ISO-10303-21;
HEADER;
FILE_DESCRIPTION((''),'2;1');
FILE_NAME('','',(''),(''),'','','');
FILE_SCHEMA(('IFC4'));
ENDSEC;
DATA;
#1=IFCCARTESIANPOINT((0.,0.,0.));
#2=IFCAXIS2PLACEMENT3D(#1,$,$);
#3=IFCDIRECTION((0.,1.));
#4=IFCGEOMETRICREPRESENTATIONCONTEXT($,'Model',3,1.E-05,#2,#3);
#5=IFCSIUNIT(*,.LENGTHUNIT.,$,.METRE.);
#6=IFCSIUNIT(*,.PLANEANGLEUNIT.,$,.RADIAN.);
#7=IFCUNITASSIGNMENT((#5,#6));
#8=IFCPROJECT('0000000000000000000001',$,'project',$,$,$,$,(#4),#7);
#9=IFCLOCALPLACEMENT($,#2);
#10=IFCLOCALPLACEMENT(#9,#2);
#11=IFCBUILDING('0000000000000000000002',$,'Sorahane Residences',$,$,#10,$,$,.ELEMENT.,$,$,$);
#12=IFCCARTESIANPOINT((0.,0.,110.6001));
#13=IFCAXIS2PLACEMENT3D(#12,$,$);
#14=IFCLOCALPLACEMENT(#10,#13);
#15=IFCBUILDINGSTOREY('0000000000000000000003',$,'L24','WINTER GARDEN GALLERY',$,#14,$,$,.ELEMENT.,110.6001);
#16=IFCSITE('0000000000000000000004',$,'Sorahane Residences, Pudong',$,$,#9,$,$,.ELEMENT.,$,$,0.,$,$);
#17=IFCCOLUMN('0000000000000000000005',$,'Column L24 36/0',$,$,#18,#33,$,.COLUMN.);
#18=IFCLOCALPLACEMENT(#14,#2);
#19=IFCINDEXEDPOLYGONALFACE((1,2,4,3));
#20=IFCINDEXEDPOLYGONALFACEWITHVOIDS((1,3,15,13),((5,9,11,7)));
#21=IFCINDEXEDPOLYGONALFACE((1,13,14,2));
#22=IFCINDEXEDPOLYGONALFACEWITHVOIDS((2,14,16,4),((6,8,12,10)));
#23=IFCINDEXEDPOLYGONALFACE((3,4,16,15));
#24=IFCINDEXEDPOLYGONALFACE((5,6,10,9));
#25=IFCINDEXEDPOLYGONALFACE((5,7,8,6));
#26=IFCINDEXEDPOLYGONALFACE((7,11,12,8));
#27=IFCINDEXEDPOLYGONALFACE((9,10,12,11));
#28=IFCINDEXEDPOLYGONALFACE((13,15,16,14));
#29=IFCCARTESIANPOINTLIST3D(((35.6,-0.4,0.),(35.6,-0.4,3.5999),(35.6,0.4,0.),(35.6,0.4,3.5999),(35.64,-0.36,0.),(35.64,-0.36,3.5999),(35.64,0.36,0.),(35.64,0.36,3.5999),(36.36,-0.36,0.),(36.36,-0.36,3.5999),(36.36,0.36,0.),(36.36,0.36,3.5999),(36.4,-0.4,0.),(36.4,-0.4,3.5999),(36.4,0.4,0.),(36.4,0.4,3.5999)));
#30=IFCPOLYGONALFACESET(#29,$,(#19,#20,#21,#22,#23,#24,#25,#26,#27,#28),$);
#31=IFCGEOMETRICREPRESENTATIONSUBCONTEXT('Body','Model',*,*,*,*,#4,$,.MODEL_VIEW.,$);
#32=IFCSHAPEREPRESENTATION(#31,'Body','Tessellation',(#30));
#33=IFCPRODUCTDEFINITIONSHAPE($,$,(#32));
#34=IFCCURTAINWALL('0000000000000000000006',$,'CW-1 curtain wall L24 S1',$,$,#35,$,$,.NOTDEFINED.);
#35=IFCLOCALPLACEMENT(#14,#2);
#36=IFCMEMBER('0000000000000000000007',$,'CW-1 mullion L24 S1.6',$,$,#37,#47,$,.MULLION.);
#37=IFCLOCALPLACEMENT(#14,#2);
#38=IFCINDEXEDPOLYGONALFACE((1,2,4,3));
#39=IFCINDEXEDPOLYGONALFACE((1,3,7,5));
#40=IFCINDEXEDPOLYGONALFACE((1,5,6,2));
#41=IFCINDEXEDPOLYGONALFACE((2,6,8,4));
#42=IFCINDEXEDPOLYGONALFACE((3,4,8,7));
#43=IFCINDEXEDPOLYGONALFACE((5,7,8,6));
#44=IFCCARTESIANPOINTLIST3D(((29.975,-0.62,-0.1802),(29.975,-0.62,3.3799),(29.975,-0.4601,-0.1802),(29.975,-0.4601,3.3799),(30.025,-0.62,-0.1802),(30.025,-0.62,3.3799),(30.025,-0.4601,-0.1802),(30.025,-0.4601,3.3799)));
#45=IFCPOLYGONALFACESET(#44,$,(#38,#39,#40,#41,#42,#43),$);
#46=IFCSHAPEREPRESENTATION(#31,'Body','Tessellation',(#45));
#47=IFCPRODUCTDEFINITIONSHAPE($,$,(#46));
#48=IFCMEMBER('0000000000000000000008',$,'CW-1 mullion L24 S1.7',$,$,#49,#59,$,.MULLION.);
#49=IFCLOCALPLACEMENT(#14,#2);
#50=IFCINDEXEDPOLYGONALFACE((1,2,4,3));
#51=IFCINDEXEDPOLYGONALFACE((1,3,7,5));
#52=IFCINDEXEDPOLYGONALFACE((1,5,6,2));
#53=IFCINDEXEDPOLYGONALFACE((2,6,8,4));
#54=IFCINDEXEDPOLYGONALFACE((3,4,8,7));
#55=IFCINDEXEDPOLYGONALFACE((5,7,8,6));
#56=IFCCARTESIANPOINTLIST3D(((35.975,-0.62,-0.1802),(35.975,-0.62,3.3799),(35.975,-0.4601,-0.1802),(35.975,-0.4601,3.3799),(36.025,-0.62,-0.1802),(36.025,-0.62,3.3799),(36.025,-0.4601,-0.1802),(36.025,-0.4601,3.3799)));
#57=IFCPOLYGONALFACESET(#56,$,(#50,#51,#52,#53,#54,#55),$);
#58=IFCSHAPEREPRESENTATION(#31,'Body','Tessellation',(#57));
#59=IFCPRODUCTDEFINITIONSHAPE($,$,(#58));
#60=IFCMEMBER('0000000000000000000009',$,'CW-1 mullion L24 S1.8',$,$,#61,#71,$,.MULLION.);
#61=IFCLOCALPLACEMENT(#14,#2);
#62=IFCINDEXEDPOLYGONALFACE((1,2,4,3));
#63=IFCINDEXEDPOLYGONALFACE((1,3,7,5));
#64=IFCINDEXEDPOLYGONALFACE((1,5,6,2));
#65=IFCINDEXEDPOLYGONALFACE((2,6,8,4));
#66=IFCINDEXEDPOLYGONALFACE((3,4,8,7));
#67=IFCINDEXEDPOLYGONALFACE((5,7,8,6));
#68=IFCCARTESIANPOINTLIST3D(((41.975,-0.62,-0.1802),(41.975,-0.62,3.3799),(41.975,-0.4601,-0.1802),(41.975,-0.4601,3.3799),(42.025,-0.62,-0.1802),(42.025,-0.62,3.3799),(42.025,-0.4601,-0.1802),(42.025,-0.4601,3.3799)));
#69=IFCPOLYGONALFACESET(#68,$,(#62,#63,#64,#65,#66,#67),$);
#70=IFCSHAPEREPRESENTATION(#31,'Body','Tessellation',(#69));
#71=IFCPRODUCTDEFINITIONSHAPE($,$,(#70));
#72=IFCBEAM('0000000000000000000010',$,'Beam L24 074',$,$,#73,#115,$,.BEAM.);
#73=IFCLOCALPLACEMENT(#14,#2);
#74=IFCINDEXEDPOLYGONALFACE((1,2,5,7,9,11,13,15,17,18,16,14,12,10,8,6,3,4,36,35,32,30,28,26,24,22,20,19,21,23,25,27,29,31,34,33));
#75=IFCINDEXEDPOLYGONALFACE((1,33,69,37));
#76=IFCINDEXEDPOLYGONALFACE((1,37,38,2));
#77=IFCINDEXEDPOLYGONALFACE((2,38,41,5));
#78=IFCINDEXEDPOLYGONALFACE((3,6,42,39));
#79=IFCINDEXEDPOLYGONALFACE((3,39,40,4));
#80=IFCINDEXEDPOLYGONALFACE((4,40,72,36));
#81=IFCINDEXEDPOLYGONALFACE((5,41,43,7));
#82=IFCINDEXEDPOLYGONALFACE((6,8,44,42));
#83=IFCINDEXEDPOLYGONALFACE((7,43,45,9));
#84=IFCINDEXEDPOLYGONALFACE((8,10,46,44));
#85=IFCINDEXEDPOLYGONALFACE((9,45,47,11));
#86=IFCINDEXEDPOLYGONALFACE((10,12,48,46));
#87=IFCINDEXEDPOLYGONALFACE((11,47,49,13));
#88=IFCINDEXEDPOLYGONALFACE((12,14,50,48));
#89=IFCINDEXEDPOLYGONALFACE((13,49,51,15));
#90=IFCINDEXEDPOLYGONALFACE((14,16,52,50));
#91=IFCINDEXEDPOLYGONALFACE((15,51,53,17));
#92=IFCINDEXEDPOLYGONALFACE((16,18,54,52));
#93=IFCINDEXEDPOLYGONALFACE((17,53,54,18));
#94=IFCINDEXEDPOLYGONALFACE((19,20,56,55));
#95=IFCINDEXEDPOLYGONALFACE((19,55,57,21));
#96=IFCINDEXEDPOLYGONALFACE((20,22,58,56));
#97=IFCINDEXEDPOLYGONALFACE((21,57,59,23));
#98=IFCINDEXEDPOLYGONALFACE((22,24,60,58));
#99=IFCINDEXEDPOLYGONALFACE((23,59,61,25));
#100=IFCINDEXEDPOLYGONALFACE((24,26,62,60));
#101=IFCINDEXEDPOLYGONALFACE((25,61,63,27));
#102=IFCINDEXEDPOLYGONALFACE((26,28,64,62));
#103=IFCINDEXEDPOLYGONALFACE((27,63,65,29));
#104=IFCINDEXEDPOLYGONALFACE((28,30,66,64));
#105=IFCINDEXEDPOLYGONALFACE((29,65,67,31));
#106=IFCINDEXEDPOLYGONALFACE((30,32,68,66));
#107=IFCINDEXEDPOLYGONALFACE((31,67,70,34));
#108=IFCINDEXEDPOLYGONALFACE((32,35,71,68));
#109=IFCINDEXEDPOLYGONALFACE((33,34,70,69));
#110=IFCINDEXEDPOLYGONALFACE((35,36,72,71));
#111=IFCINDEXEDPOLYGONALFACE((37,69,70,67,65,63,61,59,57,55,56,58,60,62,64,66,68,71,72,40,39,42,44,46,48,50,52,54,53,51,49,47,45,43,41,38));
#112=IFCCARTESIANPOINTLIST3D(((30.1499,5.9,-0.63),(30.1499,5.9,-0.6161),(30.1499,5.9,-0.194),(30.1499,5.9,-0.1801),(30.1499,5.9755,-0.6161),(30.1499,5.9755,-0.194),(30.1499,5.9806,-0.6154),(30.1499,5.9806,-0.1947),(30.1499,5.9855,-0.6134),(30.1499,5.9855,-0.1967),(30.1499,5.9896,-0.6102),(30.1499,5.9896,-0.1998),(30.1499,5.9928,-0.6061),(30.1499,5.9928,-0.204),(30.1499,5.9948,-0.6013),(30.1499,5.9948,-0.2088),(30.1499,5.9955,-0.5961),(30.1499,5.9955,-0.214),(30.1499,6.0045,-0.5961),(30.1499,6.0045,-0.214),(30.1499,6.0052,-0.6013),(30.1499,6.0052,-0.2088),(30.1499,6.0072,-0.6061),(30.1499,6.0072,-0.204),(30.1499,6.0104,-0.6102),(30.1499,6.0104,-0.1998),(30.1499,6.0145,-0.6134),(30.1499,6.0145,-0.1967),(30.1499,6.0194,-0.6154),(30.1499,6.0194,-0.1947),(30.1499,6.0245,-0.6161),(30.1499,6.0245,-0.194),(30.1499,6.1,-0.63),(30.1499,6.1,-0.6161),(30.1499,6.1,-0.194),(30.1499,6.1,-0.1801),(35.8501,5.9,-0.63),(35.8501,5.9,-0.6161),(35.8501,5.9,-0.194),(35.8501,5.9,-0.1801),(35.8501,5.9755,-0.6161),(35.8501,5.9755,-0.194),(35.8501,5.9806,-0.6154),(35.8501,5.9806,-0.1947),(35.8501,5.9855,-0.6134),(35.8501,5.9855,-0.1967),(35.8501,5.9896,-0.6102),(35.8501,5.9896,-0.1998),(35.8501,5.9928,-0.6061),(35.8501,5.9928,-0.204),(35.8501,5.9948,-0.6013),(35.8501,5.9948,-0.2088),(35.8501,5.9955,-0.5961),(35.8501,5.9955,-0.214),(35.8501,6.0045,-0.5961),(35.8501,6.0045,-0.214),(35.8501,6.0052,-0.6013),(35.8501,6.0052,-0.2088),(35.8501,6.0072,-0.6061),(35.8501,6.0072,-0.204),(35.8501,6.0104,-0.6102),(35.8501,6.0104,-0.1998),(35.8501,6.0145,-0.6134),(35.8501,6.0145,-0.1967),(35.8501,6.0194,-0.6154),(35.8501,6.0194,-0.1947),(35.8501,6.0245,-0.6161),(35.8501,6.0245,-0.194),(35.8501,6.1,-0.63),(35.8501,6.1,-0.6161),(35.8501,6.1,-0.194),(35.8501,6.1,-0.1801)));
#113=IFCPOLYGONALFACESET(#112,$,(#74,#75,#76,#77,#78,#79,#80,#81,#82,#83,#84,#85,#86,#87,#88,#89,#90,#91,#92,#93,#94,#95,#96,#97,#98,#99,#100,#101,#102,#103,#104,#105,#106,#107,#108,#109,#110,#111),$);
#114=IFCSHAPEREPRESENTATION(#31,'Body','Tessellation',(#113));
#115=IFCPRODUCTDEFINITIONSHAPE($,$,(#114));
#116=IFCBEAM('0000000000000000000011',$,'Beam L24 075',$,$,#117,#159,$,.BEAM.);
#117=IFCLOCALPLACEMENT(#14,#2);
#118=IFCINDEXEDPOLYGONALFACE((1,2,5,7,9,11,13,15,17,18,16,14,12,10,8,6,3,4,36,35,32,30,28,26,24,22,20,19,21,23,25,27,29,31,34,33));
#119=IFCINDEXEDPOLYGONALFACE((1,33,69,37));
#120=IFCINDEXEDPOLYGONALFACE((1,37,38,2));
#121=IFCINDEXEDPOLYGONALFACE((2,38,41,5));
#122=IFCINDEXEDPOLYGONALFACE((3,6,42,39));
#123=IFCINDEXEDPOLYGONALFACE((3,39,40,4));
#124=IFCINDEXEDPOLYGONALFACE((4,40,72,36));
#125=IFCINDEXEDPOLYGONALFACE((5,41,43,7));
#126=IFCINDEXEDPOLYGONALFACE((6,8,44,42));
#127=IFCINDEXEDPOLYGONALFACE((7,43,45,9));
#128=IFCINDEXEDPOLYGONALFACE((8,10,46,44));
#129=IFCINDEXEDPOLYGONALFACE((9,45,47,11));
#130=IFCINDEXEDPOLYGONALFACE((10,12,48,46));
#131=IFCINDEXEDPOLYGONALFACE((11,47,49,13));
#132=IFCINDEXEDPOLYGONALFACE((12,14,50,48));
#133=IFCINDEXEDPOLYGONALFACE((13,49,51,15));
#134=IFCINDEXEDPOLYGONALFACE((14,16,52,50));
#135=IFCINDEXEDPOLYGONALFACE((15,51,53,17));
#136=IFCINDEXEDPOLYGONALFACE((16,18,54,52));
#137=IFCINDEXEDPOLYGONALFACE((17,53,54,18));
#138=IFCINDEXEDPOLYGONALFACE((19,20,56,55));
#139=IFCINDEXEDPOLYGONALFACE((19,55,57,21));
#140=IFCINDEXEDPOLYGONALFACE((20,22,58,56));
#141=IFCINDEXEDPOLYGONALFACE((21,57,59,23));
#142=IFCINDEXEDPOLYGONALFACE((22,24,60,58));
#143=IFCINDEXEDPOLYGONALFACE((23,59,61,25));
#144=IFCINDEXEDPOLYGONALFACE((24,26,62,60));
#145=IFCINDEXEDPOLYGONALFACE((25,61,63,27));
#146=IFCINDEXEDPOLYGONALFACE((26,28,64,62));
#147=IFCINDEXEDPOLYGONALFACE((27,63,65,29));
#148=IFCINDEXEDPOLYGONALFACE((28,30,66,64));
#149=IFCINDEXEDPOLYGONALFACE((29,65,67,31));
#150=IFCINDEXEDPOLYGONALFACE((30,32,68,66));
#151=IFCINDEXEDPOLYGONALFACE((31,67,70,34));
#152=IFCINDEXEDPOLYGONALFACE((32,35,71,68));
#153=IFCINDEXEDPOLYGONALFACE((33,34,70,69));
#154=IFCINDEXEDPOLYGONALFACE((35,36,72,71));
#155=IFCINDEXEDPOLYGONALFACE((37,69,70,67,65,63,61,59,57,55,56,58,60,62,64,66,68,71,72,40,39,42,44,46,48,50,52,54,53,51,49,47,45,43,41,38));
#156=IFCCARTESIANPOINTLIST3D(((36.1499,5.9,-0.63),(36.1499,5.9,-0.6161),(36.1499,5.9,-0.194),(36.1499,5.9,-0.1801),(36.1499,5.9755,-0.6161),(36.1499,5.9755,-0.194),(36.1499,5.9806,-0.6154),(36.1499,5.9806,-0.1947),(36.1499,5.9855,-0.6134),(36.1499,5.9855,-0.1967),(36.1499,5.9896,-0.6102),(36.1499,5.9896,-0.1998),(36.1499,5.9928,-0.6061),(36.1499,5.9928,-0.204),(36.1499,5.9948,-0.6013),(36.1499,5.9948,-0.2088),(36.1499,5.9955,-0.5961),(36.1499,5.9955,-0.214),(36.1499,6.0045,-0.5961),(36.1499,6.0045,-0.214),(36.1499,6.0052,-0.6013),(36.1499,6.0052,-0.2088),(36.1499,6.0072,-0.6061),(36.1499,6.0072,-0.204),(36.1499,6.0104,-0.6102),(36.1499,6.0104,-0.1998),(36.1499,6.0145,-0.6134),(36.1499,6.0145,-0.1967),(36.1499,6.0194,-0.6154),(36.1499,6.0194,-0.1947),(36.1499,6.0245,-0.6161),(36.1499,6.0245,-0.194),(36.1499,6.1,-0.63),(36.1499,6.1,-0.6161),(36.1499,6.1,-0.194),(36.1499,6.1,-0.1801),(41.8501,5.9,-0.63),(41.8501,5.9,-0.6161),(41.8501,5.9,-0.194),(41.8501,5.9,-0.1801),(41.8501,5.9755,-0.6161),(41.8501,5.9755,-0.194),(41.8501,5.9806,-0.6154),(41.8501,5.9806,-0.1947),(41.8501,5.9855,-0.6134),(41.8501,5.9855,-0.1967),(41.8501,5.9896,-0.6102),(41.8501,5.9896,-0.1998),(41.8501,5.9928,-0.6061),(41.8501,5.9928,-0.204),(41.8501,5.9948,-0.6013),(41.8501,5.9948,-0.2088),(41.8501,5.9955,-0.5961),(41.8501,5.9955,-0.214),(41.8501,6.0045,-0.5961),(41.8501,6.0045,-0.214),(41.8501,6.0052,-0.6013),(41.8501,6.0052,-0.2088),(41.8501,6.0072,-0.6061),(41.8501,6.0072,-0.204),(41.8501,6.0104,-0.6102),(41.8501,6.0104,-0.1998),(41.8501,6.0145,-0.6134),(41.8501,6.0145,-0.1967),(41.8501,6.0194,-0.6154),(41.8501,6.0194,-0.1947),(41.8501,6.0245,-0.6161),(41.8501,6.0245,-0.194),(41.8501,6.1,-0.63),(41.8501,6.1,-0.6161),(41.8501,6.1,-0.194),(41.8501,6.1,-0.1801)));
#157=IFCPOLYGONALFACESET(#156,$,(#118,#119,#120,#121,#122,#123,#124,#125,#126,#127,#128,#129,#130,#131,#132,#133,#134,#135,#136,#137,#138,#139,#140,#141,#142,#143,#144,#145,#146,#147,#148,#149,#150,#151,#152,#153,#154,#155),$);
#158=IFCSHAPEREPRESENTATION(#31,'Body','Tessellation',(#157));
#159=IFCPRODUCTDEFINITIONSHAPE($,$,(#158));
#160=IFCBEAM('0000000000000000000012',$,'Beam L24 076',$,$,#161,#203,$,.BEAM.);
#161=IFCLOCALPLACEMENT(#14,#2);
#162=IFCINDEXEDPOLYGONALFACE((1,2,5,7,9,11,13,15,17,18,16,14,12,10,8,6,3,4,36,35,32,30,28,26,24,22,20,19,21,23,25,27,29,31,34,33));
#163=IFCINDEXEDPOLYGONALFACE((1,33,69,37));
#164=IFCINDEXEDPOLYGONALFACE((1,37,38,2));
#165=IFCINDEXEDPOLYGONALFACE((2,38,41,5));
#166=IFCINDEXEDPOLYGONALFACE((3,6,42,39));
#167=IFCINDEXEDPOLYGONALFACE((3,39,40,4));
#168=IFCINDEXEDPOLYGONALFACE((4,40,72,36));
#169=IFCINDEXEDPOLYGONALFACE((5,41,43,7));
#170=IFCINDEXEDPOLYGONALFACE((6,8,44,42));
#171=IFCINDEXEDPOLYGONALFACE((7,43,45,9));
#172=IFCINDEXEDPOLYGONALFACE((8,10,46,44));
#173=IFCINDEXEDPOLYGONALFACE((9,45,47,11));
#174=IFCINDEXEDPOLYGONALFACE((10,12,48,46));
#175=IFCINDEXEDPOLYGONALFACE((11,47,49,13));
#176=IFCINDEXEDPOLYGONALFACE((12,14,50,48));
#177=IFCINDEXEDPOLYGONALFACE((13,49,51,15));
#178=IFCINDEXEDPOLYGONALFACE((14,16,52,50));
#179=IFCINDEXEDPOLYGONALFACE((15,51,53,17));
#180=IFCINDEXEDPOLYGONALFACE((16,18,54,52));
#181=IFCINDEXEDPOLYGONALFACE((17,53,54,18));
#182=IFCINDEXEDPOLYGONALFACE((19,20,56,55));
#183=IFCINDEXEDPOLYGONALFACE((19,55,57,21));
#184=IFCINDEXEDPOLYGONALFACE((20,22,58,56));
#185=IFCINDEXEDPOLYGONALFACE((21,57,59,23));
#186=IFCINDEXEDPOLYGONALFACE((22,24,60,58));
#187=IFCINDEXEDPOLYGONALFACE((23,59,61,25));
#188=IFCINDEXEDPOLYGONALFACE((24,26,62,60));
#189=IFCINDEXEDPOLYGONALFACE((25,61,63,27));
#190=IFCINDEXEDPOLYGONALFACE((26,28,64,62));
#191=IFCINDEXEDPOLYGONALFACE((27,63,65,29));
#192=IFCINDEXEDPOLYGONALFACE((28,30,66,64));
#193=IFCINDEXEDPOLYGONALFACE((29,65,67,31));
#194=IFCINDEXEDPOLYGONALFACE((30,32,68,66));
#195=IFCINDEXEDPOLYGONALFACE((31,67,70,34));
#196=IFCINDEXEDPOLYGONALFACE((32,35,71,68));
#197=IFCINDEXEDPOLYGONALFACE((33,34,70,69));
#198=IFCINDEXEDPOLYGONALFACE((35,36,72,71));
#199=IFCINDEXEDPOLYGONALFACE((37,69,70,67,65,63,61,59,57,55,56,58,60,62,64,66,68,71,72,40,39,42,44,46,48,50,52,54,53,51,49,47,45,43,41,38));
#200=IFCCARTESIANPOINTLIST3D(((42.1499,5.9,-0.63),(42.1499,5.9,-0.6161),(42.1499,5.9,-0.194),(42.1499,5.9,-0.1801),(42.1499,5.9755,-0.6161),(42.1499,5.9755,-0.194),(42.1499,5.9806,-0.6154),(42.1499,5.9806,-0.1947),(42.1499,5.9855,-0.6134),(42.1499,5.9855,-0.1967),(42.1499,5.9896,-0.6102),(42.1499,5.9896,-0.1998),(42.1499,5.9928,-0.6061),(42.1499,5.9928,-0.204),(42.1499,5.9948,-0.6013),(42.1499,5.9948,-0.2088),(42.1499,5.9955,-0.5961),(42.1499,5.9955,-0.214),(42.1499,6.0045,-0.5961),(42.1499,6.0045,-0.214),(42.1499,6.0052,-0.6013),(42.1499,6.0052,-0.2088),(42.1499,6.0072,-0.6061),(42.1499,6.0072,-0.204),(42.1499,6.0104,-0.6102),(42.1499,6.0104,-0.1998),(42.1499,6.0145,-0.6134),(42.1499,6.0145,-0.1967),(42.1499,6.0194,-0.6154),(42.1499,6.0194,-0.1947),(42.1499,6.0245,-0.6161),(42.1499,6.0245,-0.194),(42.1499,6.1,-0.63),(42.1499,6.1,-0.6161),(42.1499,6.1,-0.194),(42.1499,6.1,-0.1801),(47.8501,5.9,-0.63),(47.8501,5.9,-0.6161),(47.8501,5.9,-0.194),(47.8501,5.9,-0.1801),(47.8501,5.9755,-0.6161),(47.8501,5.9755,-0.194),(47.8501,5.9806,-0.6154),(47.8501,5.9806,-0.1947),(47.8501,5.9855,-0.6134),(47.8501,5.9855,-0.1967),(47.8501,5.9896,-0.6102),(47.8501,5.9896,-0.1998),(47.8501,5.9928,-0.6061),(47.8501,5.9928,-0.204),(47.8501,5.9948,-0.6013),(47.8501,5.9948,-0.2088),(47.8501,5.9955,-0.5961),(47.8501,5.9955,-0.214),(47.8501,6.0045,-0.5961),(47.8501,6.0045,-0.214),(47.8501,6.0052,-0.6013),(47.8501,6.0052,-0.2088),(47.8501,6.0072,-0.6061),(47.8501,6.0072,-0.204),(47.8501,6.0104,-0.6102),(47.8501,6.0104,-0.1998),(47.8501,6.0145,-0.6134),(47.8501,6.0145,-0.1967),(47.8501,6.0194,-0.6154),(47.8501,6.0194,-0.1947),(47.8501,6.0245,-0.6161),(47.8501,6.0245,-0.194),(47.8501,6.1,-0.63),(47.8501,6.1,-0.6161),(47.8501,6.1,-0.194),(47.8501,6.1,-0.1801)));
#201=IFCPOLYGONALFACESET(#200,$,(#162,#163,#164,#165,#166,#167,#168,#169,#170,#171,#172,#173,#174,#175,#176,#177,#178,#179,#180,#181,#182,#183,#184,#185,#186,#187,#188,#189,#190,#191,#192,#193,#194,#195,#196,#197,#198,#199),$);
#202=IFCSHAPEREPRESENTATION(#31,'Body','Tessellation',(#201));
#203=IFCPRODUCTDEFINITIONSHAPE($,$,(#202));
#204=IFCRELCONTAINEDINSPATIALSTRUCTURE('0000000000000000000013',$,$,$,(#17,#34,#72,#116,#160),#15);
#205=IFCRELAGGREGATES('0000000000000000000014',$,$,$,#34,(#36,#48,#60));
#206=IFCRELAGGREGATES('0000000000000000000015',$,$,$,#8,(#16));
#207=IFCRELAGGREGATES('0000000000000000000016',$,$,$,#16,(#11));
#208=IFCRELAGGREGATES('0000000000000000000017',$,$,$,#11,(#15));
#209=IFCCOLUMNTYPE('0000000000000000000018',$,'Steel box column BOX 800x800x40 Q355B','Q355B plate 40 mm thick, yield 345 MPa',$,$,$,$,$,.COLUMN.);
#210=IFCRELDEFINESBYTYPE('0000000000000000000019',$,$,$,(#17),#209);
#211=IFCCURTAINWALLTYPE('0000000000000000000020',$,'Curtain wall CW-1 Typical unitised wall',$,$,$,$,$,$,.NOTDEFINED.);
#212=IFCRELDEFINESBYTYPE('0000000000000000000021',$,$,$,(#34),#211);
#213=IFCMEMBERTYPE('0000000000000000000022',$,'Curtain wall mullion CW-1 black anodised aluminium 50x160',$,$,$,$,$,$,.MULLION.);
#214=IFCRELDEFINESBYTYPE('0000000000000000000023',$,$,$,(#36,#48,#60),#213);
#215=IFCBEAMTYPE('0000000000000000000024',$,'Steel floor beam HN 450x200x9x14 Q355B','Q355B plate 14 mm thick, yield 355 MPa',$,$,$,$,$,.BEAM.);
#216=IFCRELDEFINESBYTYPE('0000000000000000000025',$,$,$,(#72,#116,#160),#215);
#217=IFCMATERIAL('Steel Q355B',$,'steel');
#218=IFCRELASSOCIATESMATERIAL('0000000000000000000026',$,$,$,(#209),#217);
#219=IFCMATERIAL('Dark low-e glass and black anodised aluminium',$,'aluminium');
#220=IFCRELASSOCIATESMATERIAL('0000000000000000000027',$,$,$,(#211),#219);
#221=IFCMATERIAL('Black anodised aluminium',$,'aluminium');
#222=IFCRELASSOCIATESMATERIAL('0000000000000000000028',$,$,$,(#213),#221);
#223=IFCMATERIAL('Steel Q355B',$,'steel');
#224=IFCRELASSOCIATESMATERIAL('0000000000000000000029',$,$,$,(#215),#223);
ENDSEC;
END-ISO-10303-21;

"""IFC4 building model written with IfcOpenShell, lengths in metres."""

from ifc_helpers import new_model, si_unit, direction, frame, origin, origin_2d, place, context, subcontext, project, spatial, rectangle, hollow_rectangle, i_section, extrude, material, material_profile, profile_set, type_object, element, aggregate, save


model = new_model("IFC4")

# Units and contexts
model_context = context("Model", 3, precision=1e-05, world=origin(), true_north=direction((0.0, 1.0)))
body_context = subcontext(model_context, "Body", "Model", "MODEL_VIEW")
ifc_project = project(units=[si_unit("LENGTHUNIT", "METRE"), si_unit("PLANEANGLEUNIT", "RADIAN")], contexts=[model_context])

# Site, building, storey
site_placement = place(None, origin())
site = spatial("IfcSite", under=ifc_project, at=site_placement, Name="Sorahane Residences, Pudong", CompositionType="ELEMENT", RefElevation=0.0)
building_placement = place(site_placement, origin())
building = spatial("IfcBuilding", under=site, at=building_placement, Name="Sorahane Residences", CompositionType="ELEMENT")
storey_placement = place(building_placement, frame((0.0, 0.0, 110.6001)))
storey = spatial("IfcBuildingStorey", under=building, at=storey_placement, Name="L24", Description="WINTER GARDEN GALLERY", CompositionType="ELEMENT", Elevation=110.6001)

# Column
ifc_material_1 = material(Name="Steel Q355B", Category="steel")
ifc_material_profile_1 = material_profile(ifc_material_1, hollow_rectangle(XDim=0.8, YDim=0.8, WallThickness=0.04, at=origin_2d()), Name="BOX 800x800x40")
ifc_profile_set_1 = profile_set([ifc_material_profile_1], Name="Steel Q355B")
column_type = type_object("IfcColumnType", Name="Steel box column BOX 800x800x40 Q355B", Description="Q355B plate 40 mm thick, yield 345 MPa", PredefinedType="COLUMN", material=ifc_profile_set_1)
column_placement = place(storey_placement, frame((36.0, 0.0, 0.0), z_axis=(0.0, 0.0, 1.0), x_axis=(1.0, 0.0, 0.0)))
element("IfcColumn", 1, at=column_placement, inside=storey, type_object=column_type, Name="Column L24 36/0", PredefinedType="COLUMN", context=body_context, shape_type="SweptSolid", body=[
    extrude(hollow_rectangle(XDim=0.8, YDim=0.8, WallThickness=0.04, at=origin_2d()), origin(), (0.0, 0.0, 1.0), 3.5999),
])

# Curtain wall, members
ifc_material_2 = material(Name="Dark low-e glass and black anodised aluminium", Category="aluminium")
curtain_wall_type = type_object("IfcCurtainWallType", Name="Curtain wall CW-1 Typical unitised wall", PredefinedType="NOTDEFINED", material=ifc_material_2)
curtain_wall_placement = place(storey_placement, origin())
curtain_wall = element("IfcCurtainWall", 2, at=curtain_wall_placement, inside=storey, type_object=curtain_wall_type, Name="CW-1 curtain wall L24 S1", PredefinedType="NOTDEFINED")
ifc_material_3 = material(Name="Black anodised aluminium", Category="aluminium")
ifc_material_profile_2 = material_profile(ifc_material_3, rectangle(XDim=0.1599, YDim=0.05, at=origin_2d()), Name="Curtain wall mullion CW-1 black anodised aluminium 50x160")
ifc_profile_set_2 = profile_set([ifc_material_profile_2], Name="Black anodised aluminium")
member_type = type_object("IfcMemberType", Name="Curtain wall mullion CW-1 black anodised aluminium 50x160", PredefinedType="MULLION", material=ifc_profile_set_2)
member_1_placement = place(storey_placement, frame((30.0, -0.54, -0.1802), z_axis=(0.0, 0.0, 1.0), x_axis=(0.0, -1.0, 0.0)))
member_1 = element("IfcMember", 3, at=member_1_placement, type_object=member_type, Name="CW-1 mullion L24 S1.6", PredefinedType="MULLION", context=body_context, shape_type="SweptSolid", body=[
    extrude(rectangle(XDim=0.1599, YDim=0.05, at=origin_2d()), origin(), (0.0, 0.0, 1.0), 3.5601),
])
member_2_placement = place(storey_placement, frame((36.0, -0.54, -0.1802), z_axis=(0.0, 0.0, 1.0), x_axis=(0.0, -1.0, 0.0)))
member_2 = element("IfcMember", 4, at=member_2_placement, type_object=member_type, Name="CW-1 mullion L24 S1.7", PredefinedType="MULLION", context=body_context, shape_type="SweptSolid", body=[
    extrude(rectangle(XDim=0.1599, YDim=0.05, at=origin_2d()), origin(), (0.0, 0.0, 1.0), 3.5601),
])
member_3_placement = place(storey_placement, frame((42.0, -0.54, -0.1802), z_axis=(0.0, 0.0, 1.0), x_axis=(0.0, -1.0, 0.0)))
member_3 = element("IfcMember", 5, at=member_3_placement, type_object=member_type, Name="CW-1 mullion L24 S1.8", PredefinedType="MULLION", context=body_context, shape_type="SweptSolid", body=[
    extrude(rectangle(XDim=0.1599, YDim=0.05, at=origin_2d()), origin(), (0.0, 0.0, 1.0), 3.5601),
])

# Beams
ifc_material_4 = material(Name="Steel Q355B", Category="steel")
ifc_material_profile_3 = material_profile(ifc_material_4, i_section(OverallWidth=0.2, OverallDepth=0.45, WebThickness=0.009, FlangeThickness=0.0139, FilletRadius=0.02, at=origin_2d()), Name="HN 450x200x9x14")
ifc_profile_set_3 = profile_set([ifc_material_profile_3], Name="Steel Q355B")
beam_type_1 = type_object("IfcBeamType", Name="Steel floor beam HN 450x200x9x14 Q355B", Description="Q355B plate 14 mm thick, yield 355 MPa", PredefinedType="BEAM", material=ifc_profile_set_3)
for number, where, z_axis, x_axis, name in (
    (6, (30.1499, 6.0, -0.405), (1.0, 0.0, 0.0), (0.0, 1.0, 0.0), "Beam L24 074"),
    (7, (36.1499, 6.0, -0.405), (1.0, 0.0, 0.0), (0.0, 1.0, 0.0), "Beam L24 075"),
    (8, (42.1499, 6.0, -0.405), (1.0, 0.0, 0.0), (0.0, 1.0, 0.0), "Beam L24 076"),
):
    element("IfcBeam", number, at=place(storey_placement, frame(where, z_axis=z_axis, x_axis=x_axis)), inside=storey, type_object=beam_type_1, Name=name, PredefinedType="BEAM", context=body_context, shape_type="SweptSolid", body=[
        extrude(i_section(OverallWidth=0.2, OverallDepth=0.45, WebThickness=0.009, FlangeThickness=0.0139, FilletRadius=0.02, at=origin_2d()), origin(), (0.0, 0.0, 1.0), 5.7002),
    ])

aggregate(curtain_wall, [member_1, member_2, member_3])

save(model, "model.ifc")
